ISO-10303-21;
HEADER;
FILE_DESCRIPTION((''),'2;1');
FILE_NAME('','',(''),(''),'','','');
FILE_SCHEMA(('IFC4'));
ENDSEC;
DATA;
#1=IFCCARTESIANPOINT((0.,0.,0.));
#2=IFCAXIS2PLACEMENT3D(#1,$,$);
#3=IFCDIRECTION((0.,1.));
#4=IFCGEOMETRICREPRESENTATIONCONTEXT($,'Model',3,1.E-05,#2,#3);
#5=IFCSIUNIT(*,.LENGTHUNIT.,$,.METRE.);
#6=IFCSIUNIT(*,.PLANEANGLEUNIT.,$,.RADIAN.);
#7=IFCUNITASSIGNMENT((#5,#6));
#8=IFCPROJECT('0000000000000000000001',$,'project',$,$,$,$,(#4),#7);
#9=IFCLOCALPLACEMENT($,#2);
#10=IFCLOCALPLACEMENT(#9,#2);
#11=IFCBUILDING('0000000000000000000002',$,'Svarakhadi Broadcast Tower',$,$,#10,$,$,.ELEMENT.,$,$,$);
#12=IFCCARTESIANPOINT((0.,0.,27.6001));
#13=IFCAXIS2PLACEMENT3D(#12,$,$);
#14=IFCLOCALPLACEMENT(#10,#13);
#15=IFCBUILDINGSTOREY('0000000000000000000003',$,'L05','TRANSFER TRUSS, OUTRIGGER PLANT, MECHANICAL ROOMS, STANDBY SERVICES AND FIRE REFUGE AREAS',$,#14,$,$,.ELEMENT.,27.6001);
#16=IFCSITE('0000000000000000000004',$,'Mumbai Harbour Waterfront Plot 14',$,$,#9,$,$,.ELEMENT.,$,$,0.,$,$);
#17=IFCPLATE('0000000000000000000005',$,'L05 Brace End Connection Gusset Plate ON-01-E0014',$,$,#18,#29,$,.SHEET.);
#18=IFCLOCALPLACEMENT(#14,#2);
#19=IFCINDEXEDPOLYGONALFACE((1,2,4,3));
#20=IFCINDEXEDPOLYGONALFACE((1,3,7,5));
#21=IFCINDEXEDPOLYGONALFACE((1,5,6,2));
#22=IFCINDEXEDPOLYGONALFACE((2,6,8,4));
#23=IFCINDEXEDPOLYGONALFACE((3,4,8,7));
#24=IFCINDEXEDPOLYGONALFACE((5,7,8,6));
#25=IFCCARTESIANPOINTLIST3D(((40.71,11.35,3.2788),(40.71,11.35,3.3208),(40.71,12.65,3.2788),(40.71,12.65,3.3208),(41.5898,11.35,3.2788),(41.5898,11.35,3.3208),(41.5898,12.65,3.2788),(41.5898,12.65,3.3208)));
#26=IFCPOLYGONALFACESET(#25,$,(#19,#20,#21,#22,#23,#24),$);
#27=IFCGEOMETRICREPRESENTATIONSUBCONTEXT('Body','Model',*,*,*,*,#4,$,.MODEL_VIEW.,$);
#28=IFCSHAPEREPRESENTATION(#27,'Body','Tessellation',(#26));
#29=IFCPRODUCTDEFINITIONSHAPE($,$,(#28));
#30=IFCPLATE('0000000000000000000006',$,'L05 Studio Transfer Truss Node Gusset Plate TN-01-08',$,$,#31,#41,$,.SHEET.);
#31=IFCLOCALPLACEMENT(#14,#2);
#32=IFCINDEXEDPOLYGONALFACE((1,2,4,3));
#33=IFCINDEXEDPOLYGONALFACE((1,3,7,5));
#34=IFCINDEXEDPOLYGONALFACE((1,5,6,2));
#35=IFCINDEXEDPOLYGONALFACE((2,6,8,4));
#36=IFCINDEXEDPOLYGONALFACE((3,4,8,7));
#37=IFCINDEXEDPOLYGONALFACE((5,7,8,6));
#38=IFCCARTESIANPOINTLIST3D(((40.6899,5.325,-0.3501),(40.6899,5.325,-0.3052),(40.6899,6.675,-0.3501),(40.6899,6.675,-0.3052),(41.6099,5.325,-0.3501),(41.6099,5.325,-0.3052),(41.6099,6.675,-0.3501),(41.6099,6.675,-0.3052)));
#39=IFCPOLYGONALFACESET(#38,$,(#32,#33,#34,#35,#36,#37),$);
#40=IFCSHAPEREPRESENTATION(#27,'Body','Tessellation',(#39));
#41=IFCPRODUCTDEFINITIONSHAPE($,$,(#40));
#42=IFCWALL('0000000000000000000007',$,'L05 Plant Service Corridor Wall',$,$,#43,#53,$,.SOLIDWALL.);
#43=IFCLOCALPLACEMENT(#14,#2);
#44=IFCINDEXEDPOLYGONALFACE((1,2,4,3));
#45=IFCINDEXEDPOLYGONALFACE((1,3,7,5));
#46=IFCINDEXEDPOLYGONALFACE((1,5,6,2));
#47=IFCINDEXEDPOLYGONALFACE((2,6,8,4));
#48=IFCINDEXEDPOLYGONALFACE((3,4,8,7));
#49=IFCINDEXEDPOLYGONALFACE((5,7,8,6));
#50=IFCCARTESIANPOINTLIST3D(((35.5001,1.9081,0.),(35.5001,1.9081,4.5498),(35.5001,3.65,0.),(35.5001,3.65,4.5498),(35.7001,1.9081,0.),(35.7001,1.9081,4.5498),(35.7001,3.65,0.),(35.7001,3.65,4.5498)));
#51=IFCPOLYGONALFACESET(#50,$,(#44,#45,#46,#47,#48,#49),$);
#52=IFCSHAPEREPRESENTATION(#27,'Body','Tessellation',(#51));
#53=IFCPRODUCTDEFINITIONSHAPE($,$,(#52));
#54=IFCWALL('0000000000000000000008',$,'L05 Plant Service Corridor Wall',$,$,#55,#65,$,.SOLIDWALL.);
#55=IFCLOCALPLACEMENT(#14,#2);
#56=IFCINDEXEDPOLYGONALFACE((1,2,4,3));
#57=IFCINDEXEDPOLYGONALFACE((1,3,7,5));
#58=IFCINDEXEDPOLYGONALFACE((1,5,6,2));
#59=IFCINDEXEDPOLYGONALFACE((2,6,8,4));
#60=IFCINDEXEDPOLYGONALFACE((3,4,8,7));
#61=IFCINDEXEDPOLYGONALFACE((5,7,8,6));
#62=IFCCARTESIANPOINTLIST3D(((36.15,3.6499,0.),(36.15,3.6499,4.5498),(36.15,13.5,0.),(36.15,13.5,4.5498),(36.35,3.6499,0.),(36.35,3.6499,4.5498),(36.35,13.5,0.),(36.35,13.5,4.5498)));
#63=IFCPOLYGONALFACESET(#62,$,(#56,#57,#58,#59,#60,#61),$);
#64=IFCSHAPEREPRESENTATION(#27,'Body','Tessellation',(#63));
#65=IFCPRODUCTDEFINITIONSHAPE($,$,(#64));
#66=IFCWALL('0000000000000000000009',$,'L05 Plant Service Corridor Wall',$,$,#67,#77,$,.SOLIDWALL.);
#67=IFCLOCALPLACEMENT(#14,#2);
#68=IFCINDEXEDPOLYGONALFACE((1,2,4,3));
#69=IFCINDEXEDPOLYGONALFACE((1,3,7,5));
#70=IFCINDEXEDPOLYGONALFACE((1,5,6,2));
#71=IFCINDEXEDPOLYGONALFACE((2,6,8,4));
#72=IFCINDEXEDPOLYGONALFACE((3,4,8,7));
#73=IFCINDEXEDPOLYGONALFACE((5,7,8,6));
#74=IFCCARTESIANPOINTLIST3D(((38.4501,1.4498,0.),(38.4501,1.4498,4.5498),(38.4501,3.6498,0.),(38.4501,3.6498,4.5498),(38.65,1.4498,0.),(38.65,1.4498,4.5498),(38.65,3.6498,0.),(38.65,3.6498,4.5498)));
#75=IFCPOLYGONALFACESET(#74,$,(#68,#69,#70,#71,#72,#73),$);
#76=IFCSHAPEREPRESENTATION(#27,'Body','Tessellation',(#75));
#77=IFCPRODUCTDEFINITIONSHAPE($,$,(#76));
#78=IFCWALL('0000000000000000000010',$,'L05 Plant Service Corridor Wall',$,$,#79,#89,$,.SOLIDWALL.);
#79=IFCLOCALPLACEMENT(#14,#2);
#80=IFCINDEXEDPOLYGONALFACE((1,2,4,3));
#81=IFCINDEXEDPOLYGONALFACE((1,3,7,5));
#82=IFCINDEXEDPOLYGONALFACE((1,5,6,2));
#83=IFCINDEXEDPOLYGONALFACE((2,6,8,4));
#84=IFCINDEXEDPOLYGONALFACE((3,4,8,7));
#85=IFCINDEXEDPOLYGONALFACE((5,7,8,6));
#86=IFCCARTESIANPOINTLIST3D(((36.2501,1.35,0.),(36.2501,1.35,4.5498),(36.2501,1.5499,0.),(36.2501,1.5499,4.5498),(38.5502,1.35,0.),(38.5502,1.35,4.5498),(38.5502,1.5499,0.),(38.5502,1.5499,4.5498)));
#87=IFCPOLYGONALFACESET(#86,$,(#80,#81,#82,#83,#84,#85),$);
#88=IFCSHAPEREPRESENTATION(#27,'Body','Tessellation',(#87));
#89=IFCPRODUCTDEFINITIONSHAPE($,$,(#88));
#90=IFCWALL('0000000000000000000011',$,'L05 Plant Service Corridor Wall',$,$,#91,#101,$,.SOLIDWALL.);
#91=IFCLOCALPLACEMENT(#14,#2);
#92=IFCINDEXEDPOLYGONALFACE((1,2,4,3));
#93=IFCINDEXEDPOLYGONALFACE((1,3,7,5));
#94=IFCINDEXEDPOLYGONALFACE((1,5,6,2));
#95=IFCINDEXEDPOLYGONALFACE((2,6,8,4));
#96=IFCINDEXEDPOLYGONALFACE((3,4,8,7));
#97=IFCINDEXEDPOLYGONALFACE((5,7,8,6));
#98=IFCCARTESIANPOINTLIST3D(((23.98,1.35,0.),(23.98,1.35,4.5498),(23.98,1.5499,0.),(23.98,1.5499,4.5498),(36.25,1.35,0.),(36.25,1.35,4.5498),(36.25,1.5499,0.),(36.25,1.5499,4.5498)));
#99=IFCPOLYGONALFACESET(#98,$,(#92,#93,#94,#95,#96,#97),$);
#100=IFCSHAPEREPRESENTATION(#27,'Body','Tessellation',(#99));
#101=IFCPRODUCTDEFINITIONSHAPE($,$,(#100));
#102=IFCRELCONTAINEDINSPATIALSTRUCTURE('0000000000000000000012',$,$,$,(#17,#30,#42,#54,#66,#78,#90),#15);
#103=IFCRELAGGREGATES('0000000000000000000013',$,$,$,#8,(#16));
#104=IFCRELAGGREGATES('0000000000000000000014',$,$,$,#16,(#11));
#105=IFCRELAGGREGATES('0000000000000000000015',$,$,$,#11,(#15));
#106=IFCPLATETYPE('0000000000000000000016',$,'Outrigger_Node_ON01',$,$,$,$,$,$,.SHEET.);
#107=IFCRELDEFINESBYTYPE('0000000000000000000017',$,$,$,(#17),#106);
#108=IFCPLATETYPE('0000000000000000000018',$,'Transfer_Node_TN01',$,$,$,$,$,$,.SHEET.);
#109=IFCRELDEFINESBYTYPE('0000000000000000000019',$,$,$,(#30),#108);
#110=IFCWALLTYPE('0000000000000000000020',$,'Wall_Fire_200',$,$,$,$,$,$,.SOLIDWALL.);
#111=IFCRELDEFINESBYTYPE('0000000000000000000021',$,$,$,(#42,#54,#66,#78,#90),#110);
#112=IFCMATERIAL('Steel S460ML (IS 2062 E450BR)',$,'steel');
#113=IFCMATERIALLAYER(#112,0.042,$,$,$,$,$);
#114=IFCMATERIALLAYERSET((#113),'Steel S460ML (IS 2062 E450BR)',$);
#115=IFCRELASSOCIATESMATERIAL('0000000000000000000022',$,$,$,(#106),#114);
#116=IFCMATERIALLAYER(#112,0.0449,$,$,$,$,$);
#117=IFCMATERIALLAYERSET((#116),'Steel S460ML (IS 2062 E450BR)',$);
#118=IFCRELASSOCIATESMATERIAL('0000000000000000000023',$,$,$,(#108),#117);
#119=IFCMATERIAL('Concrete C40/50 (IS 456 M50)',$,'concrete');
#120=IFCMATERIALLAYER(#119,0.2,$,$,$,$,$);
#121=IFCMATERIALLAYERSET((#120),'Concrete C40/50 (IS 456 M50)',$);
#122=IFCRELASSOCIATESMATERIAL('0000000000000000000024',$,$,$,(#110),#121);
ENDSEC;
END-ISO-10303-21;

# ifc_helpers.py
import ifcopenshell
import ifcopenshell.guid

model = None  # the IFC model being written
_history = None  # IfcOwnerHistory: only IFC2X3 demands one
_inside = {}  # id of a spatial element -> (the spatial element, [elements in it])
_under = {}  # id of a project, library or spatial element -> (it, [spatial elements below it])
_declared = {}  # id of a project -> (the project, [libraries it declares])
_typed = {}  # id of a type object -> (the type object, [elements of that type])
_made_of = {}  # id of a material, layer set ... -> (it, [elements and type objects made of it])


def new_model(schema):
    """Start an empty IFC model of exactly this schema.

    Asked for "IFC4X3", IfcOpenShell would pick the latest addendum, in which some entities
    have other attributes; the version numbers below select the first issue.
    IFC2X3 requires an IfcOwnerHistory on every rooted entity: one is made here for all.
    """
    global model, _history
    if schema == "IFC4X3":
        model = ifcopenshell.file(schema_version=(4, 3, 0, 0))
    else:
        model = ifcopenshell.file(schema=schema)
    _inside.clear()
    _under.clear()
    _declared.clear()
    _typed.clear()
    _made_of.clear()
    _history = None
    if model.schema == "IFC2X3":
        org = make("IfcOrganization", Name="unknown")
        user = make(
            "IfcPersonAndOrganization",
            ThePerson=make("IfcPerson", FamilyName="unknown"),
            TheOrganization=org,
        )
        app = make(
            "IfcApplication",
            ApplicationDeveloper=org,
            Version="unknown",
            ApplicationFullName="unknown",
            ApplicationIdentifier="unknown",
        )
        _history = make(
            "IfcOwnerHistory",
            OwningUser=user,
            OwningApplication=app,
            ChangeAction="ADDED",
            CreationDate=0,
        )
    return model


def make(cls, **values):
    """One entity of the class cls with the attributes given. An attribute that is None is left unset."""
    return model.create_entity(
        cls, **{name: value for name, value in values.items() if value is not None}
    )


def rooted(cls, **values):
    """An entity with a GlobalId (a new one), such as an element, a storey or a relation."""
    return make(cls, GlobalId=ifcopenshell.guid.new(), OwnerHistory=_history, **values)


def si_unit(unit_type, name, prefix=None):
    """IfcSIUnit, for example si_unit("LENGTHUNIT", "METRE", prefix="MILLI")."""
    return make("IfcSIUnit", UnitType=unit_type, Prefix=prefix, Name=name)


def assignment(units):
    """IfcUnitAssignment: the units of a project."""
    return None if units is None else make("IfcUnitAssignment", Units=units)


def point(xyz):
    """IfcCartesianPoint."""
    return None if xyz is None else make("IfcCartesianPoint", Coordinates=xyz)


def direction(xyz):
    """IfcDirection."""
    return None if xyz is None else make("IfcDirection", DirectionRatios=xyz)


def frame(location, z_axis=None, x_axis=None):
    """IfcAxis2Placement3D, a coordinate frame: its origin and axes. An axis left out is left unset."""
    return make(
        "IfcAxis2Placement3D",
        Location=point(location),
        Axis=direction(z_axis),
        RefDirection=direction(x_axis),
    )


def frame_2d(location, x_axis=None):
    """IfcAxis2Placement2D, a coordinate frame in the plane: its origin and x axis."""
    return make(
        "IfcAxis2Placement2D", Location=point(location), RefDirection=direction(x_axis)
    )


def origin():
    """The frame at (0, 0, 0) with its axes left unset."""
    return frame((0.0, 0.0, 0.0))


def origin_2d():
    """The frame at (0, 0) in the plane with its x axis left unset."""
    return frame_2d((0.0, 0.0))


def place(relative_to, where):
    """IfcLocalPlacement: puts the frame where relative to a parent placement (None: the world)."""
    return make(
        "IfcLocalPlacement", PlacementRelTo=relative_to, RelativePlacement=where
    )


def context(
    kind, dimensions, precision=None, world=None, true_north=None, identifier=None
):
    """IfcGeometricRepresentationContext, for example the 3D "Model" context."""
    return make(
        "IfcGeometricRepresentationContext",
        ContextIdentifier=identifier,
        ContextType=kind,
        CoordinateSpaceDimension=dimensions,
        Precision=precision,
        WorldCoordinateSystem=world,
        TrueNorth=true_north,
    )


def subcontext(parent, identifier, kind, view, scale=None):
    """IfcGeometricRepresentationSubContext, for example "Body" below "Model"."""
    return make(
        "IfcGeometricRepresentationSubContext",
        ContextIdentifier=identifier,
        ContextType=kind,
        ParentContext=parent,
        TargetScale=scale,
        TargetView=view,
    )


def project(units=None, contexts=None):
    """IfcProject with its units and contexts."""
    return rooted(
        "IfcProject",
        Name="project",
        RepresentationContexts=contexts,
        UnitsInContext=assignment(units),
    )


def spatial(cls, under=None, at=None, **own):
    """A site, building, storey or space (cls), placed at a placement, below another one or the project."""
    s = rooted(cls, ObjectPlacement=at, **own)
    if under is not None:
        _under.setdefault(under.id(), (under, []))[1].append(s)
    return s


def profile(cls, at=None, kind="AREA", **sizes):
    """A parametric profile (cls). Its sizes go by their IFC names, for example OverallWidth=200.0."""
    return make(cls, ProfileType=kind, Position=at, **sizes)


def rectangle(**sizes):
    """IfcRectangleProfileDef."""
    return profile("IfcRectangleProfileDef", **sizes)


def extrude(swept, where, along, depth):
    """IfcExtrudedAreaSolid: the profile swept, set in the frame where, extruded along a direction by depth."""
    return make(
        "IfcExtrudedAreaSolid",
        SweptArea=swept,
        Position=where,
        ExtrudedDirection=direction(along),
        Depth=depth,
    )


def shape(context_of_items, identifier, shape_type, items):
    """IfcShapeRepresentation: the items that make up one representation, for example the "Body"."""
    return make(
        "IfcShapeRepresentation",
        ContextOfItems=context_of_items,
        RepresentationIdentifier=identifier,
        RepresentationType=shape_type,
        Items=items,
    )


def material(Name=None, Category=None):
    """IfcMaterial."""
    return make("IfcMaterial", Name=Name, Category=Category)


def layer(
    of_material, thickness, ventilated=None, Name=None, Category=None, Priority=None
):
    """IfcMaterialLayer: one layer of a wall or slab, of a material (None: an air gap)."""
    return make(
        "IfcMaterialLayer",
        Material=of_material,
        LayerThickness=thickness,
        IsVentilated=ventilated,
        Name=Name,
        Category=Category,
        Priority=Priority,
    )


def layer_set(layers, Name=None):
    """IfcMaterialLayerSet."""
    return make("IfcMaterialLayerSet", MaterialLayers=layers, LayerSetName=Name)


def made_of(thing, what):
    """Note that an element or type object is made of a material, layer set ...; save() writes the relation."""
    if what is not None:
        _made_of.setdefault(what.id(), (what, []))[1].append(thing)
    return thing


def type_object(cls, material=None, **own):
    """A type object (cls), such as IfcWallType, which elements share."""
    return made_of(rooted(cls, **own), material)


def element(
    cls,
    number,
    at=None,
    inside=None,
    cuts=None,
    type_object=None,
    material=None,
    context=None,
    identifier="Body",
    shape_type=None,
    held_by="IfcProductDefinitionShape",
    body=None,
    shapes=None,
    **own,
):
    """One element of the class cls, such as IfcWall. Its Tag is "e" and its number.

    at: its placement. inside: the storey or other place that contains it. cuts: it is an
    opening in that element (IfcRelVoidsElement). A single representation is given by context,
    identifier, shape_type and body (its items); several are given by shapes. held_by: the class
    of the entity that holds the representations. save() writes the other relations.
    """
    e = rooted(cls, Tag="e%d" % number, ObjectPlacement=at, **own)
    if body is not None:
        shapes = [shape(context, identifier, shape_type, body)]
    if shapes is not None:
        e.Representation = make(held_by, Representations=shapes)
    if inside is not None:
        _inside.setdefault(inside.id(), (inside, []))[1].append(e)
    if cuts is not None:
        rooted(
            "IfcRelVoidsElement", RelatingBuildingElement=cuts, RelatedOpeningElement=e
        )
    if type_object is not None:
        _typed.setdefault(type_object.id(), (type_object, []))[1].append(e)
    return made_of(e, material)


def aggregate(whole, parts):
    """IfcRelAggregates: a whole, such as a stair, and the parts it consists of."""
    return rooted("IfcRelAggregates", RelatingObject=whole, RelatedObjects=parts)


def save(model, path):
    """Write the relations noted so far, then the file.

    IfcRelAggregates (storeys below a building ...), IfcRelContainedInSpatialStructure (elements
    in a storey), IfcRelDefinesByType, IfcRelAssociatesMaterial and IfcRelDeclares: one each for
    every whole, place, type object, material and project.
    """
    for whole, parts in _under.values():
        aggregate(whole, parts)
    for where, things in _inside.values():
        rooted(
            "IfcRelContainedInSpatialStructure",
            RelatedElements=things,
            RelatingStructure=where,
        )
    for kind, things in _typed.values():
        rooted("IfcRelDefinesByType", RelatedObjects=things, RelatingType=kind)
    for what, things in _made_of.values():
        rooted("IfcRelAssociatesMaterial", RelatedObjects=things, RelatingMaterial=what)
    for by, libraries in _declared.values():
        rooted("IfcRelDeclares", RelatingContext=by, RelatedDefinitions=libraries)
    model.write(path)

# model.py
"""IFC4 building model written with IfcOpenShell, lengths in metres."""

from ifc_helpers import new_model, si_unit, direction, frame, frame_2d, origin, origin_2d, place, context, subcontext, project, spatial, rectangle, extrude, material, layer, layer_set, type_object, element, save


model = new_model("IFC4")

# Units and contexts
model_context = context("Model", 3, precision=1e-05, world=origin(), true_north=direction((0.0, 1.0)))
body_context = subcontext(model_context, "Body", "Model", "MODEL_VIEW")
ifc_project = project(units=[si_unit("LENGTHUNIT", "METRE"), si_unit("PLANEANGLEUNIT", "RADIAN")], contexts=[model_context])

# Site, building, storey
site_placement = place(None, origin())
site = spatial("IfcSite", under=ifc_project, at=site_placement, Name="Mumbai Harbour Waterfront Plot 14", CompositionType="ELEMENT", RefElevation=0.0)
building_placement = place(site_placement, origin())
building = spatial("IfcBuilding", under=site, at=building_placement, Name="Svarakhadi Broadcast Tower", CompositionType="ELEMENT")
storey_placement = place(building_placement, frame((0.0, 0.0, 27.6001)))
storey = spatial("IfcBuildingStorey", under=building, at=storey_placement, Name="L05", Description="TRANSFER TRUSS, OUTRIGGER PLANT, MECHANICAL ROOMS, STANDBY SERVICES AND FIRE REFUGE AREAS", CompositionType="ELEMENT", Elevation=27.6001)

# Shared definitions
ifc_material_1 = material(Name="Steel S460ML (IS 2062 E450BR)", Category="steel")

# Plates
ifc_layer_1 = layer(ifc_material_1, 0.042)
ifc_layer_set_1 = layer_set([ifc_layer_1], Name="Steel S460ML (IS 2062 E450BR)")
plate_type_1 = type_object("IfcPlateType", Name="Outrigger_Node_ON01", PredefinedType="SHEET", material=ifc_layer_set_1)
for number, where, z_axis, x_axis, name in (
    (1, (41.1499, 12.0, 3.2788), (0.0, 0.0, 1.0), (0.0, 1.0, 0.0), "L05 Brace End Connection Gusset Plate ON-01-E0014"),
):
    element("IfcPlate", number, at=place(storey_placement, frame(where, z_axis=z_axis, x_axis=x_axis)), inside=storey, type_object=plate_type_1, Name=name, PredefinedType="SHEET", context=body_context, shape_type="SweptSolid", body=[
        extrude(rectangle(XDim=1.3, YDim=0.8799, at=origin_2d()), origin(), (0.0, 0.0, 1.0), 0.042),
    ])
ifc_layer_2 = layer(ifc_material_1, 0.0449)
ifc_layer_set_2 = layer_set([ifc_layer_2], Name="Steel S460ML (IS 2062 E450BR)")
plate_type_2 = type_object("IfcPlateType", Name="Transfer_Node_TN01", PredefinedType="SHEET", material=ifc_layer_set_2)
plate_placement = place(storey_placement, frame((41.1499, 6.0, -0.3501), z_axis=(0.0, 0.0, 1.0), x_axis=(0.0, 1.0, 0.0)))
element("IfcPlate", 2, at=plate_placement, inside=storey, type_object=plate_type_2, Name="L05 Studio Transfer Truss Node Gusset Plate TN-01-08", PredefinedType="SHEET", context=body_context, shape_type="SweptSolid", body=[
    extrude(rectangle(XDim=1.3501, YDim=0.9199, at=origin_2d()), origin(), (0.0, 0.0, 1.0), 0.0449),
])

# Walls
ifc_material_2 = material(Name="Concrete C40/50 (IS 456 M50)", Category="concrete")
ifc_layer_3 = layer(ifc_material_2, 0.2)
ifc_layer_set_3 = layer_set([ifc_layer_3], Name="Concrete C40/50 (IS 456 M50)")
wall_type = type_object("IfcWallType", Name="Wall_Fire_200", PredefinedType="SOLIDWALL", material=ifc_layer_set_3)
wall_1_placement = place(storey_placement, frame((35.6001, 1.908, 0.0), z_axis=(0.0, 0.0, 1.0), x_axis=(0.0, 1.0, 0.0)))
element("IfcWall", 3, at=wall_1_placement, inside=storey, type_object=wall_type, Name="L05 Plant Service Corridor Wall", PredefinedType="SOLIDWALL", context=body_context, shape_type="SweptSolid", body=[
    extrude(rectangle(XDim=1.7419, YDim=0.2, at=frame_2d((0.8711, 0.0))), origin(), (0.0, 0.0, 1.0), 4.5498),
])
wall_2_placement = place(storey_placement, frame((36.25, 3.6499, 0.0), z_axis=(0.0, 0.0, 1.0), x_axis=(0.0, 1.0, 0.0)))
element("IfcWall", 4, at=wall_2_placement, inside=storey, type_object=wall_type, Name="L05 Plant Service Corridor Wall", PredefinedType="SOLIDWALL", context=body_context, shape_type="SweptSolid", body=[
    extrude(rectangle(XDim=9.8501, YDim=0.2, at=frame_2d((4.925, 0.0))), origin(), (0.0, 0.0, 1.0), 4.5498),
])
wall_3_placement = place(storey_placement, frame((38.55, 3.6499, 0.0), z_axis=(0.0, 0.0, 1.0), x_axis=(0.0, -1.0, 0.0)))
element("IfcWall", 5, at=wall_3_placement, inside=storey, type_object=wall_type, Name="L05 Plant Service Corridor Wall", PredefinedType="SOLIDWALL", context=body_context, shape_type="SweptSolid", body=[
    extrude(rectangle(XDim=2.2, YDim=0.2, at=frame_2d((1.1001, 0.0))), origin(), (0.0, 0.0, 1.0), 4.5498),
])
wall_4_placement = place(storey_placement, frame((38.55, 1.45, 0.0), z_axis=(0.0, 0.0, 1.0), x_axis=(-1.0, 0.0, 0.0)))
element("IfcWall", 6, at=wall_4_placement, inside=storey, type_object=wall_type, Name="L05 Plant Service Corridor Wall", PredefinedType="SOLIDWALL", context=body_context, shape_type="SweptSolid", body=[
    extrude(rectangle(XDim=2.3, YDim=0.2, at=frame_2d((1.1499, 0.0))), origin(), (0.0, 0.0, 1.0), 4.5498),
])
wall_5_placement = place(storey_placement, frame((36.25, 1.45, 0.0), z_axis=(0.0, 0.0, 1.0), x_axis=(-1.0, 0.0, 0.0)))
element("IfcWall", 7, at=wall_5_placement, inside=storey, type_object=wall_type, Name="L05 Plant Service Corridor Wall", PredefinedType="SOLIDWALL", context=body_context, shape_type="SweptSolid", body=[
    extrude(rectangle(XDim=12.27, YDim=0.2, at=frame_2d((6.135, 0.0))), origin(), (0.0, 0.0, 1.0), 4.5498),
])

save(model, "model.ifc")
